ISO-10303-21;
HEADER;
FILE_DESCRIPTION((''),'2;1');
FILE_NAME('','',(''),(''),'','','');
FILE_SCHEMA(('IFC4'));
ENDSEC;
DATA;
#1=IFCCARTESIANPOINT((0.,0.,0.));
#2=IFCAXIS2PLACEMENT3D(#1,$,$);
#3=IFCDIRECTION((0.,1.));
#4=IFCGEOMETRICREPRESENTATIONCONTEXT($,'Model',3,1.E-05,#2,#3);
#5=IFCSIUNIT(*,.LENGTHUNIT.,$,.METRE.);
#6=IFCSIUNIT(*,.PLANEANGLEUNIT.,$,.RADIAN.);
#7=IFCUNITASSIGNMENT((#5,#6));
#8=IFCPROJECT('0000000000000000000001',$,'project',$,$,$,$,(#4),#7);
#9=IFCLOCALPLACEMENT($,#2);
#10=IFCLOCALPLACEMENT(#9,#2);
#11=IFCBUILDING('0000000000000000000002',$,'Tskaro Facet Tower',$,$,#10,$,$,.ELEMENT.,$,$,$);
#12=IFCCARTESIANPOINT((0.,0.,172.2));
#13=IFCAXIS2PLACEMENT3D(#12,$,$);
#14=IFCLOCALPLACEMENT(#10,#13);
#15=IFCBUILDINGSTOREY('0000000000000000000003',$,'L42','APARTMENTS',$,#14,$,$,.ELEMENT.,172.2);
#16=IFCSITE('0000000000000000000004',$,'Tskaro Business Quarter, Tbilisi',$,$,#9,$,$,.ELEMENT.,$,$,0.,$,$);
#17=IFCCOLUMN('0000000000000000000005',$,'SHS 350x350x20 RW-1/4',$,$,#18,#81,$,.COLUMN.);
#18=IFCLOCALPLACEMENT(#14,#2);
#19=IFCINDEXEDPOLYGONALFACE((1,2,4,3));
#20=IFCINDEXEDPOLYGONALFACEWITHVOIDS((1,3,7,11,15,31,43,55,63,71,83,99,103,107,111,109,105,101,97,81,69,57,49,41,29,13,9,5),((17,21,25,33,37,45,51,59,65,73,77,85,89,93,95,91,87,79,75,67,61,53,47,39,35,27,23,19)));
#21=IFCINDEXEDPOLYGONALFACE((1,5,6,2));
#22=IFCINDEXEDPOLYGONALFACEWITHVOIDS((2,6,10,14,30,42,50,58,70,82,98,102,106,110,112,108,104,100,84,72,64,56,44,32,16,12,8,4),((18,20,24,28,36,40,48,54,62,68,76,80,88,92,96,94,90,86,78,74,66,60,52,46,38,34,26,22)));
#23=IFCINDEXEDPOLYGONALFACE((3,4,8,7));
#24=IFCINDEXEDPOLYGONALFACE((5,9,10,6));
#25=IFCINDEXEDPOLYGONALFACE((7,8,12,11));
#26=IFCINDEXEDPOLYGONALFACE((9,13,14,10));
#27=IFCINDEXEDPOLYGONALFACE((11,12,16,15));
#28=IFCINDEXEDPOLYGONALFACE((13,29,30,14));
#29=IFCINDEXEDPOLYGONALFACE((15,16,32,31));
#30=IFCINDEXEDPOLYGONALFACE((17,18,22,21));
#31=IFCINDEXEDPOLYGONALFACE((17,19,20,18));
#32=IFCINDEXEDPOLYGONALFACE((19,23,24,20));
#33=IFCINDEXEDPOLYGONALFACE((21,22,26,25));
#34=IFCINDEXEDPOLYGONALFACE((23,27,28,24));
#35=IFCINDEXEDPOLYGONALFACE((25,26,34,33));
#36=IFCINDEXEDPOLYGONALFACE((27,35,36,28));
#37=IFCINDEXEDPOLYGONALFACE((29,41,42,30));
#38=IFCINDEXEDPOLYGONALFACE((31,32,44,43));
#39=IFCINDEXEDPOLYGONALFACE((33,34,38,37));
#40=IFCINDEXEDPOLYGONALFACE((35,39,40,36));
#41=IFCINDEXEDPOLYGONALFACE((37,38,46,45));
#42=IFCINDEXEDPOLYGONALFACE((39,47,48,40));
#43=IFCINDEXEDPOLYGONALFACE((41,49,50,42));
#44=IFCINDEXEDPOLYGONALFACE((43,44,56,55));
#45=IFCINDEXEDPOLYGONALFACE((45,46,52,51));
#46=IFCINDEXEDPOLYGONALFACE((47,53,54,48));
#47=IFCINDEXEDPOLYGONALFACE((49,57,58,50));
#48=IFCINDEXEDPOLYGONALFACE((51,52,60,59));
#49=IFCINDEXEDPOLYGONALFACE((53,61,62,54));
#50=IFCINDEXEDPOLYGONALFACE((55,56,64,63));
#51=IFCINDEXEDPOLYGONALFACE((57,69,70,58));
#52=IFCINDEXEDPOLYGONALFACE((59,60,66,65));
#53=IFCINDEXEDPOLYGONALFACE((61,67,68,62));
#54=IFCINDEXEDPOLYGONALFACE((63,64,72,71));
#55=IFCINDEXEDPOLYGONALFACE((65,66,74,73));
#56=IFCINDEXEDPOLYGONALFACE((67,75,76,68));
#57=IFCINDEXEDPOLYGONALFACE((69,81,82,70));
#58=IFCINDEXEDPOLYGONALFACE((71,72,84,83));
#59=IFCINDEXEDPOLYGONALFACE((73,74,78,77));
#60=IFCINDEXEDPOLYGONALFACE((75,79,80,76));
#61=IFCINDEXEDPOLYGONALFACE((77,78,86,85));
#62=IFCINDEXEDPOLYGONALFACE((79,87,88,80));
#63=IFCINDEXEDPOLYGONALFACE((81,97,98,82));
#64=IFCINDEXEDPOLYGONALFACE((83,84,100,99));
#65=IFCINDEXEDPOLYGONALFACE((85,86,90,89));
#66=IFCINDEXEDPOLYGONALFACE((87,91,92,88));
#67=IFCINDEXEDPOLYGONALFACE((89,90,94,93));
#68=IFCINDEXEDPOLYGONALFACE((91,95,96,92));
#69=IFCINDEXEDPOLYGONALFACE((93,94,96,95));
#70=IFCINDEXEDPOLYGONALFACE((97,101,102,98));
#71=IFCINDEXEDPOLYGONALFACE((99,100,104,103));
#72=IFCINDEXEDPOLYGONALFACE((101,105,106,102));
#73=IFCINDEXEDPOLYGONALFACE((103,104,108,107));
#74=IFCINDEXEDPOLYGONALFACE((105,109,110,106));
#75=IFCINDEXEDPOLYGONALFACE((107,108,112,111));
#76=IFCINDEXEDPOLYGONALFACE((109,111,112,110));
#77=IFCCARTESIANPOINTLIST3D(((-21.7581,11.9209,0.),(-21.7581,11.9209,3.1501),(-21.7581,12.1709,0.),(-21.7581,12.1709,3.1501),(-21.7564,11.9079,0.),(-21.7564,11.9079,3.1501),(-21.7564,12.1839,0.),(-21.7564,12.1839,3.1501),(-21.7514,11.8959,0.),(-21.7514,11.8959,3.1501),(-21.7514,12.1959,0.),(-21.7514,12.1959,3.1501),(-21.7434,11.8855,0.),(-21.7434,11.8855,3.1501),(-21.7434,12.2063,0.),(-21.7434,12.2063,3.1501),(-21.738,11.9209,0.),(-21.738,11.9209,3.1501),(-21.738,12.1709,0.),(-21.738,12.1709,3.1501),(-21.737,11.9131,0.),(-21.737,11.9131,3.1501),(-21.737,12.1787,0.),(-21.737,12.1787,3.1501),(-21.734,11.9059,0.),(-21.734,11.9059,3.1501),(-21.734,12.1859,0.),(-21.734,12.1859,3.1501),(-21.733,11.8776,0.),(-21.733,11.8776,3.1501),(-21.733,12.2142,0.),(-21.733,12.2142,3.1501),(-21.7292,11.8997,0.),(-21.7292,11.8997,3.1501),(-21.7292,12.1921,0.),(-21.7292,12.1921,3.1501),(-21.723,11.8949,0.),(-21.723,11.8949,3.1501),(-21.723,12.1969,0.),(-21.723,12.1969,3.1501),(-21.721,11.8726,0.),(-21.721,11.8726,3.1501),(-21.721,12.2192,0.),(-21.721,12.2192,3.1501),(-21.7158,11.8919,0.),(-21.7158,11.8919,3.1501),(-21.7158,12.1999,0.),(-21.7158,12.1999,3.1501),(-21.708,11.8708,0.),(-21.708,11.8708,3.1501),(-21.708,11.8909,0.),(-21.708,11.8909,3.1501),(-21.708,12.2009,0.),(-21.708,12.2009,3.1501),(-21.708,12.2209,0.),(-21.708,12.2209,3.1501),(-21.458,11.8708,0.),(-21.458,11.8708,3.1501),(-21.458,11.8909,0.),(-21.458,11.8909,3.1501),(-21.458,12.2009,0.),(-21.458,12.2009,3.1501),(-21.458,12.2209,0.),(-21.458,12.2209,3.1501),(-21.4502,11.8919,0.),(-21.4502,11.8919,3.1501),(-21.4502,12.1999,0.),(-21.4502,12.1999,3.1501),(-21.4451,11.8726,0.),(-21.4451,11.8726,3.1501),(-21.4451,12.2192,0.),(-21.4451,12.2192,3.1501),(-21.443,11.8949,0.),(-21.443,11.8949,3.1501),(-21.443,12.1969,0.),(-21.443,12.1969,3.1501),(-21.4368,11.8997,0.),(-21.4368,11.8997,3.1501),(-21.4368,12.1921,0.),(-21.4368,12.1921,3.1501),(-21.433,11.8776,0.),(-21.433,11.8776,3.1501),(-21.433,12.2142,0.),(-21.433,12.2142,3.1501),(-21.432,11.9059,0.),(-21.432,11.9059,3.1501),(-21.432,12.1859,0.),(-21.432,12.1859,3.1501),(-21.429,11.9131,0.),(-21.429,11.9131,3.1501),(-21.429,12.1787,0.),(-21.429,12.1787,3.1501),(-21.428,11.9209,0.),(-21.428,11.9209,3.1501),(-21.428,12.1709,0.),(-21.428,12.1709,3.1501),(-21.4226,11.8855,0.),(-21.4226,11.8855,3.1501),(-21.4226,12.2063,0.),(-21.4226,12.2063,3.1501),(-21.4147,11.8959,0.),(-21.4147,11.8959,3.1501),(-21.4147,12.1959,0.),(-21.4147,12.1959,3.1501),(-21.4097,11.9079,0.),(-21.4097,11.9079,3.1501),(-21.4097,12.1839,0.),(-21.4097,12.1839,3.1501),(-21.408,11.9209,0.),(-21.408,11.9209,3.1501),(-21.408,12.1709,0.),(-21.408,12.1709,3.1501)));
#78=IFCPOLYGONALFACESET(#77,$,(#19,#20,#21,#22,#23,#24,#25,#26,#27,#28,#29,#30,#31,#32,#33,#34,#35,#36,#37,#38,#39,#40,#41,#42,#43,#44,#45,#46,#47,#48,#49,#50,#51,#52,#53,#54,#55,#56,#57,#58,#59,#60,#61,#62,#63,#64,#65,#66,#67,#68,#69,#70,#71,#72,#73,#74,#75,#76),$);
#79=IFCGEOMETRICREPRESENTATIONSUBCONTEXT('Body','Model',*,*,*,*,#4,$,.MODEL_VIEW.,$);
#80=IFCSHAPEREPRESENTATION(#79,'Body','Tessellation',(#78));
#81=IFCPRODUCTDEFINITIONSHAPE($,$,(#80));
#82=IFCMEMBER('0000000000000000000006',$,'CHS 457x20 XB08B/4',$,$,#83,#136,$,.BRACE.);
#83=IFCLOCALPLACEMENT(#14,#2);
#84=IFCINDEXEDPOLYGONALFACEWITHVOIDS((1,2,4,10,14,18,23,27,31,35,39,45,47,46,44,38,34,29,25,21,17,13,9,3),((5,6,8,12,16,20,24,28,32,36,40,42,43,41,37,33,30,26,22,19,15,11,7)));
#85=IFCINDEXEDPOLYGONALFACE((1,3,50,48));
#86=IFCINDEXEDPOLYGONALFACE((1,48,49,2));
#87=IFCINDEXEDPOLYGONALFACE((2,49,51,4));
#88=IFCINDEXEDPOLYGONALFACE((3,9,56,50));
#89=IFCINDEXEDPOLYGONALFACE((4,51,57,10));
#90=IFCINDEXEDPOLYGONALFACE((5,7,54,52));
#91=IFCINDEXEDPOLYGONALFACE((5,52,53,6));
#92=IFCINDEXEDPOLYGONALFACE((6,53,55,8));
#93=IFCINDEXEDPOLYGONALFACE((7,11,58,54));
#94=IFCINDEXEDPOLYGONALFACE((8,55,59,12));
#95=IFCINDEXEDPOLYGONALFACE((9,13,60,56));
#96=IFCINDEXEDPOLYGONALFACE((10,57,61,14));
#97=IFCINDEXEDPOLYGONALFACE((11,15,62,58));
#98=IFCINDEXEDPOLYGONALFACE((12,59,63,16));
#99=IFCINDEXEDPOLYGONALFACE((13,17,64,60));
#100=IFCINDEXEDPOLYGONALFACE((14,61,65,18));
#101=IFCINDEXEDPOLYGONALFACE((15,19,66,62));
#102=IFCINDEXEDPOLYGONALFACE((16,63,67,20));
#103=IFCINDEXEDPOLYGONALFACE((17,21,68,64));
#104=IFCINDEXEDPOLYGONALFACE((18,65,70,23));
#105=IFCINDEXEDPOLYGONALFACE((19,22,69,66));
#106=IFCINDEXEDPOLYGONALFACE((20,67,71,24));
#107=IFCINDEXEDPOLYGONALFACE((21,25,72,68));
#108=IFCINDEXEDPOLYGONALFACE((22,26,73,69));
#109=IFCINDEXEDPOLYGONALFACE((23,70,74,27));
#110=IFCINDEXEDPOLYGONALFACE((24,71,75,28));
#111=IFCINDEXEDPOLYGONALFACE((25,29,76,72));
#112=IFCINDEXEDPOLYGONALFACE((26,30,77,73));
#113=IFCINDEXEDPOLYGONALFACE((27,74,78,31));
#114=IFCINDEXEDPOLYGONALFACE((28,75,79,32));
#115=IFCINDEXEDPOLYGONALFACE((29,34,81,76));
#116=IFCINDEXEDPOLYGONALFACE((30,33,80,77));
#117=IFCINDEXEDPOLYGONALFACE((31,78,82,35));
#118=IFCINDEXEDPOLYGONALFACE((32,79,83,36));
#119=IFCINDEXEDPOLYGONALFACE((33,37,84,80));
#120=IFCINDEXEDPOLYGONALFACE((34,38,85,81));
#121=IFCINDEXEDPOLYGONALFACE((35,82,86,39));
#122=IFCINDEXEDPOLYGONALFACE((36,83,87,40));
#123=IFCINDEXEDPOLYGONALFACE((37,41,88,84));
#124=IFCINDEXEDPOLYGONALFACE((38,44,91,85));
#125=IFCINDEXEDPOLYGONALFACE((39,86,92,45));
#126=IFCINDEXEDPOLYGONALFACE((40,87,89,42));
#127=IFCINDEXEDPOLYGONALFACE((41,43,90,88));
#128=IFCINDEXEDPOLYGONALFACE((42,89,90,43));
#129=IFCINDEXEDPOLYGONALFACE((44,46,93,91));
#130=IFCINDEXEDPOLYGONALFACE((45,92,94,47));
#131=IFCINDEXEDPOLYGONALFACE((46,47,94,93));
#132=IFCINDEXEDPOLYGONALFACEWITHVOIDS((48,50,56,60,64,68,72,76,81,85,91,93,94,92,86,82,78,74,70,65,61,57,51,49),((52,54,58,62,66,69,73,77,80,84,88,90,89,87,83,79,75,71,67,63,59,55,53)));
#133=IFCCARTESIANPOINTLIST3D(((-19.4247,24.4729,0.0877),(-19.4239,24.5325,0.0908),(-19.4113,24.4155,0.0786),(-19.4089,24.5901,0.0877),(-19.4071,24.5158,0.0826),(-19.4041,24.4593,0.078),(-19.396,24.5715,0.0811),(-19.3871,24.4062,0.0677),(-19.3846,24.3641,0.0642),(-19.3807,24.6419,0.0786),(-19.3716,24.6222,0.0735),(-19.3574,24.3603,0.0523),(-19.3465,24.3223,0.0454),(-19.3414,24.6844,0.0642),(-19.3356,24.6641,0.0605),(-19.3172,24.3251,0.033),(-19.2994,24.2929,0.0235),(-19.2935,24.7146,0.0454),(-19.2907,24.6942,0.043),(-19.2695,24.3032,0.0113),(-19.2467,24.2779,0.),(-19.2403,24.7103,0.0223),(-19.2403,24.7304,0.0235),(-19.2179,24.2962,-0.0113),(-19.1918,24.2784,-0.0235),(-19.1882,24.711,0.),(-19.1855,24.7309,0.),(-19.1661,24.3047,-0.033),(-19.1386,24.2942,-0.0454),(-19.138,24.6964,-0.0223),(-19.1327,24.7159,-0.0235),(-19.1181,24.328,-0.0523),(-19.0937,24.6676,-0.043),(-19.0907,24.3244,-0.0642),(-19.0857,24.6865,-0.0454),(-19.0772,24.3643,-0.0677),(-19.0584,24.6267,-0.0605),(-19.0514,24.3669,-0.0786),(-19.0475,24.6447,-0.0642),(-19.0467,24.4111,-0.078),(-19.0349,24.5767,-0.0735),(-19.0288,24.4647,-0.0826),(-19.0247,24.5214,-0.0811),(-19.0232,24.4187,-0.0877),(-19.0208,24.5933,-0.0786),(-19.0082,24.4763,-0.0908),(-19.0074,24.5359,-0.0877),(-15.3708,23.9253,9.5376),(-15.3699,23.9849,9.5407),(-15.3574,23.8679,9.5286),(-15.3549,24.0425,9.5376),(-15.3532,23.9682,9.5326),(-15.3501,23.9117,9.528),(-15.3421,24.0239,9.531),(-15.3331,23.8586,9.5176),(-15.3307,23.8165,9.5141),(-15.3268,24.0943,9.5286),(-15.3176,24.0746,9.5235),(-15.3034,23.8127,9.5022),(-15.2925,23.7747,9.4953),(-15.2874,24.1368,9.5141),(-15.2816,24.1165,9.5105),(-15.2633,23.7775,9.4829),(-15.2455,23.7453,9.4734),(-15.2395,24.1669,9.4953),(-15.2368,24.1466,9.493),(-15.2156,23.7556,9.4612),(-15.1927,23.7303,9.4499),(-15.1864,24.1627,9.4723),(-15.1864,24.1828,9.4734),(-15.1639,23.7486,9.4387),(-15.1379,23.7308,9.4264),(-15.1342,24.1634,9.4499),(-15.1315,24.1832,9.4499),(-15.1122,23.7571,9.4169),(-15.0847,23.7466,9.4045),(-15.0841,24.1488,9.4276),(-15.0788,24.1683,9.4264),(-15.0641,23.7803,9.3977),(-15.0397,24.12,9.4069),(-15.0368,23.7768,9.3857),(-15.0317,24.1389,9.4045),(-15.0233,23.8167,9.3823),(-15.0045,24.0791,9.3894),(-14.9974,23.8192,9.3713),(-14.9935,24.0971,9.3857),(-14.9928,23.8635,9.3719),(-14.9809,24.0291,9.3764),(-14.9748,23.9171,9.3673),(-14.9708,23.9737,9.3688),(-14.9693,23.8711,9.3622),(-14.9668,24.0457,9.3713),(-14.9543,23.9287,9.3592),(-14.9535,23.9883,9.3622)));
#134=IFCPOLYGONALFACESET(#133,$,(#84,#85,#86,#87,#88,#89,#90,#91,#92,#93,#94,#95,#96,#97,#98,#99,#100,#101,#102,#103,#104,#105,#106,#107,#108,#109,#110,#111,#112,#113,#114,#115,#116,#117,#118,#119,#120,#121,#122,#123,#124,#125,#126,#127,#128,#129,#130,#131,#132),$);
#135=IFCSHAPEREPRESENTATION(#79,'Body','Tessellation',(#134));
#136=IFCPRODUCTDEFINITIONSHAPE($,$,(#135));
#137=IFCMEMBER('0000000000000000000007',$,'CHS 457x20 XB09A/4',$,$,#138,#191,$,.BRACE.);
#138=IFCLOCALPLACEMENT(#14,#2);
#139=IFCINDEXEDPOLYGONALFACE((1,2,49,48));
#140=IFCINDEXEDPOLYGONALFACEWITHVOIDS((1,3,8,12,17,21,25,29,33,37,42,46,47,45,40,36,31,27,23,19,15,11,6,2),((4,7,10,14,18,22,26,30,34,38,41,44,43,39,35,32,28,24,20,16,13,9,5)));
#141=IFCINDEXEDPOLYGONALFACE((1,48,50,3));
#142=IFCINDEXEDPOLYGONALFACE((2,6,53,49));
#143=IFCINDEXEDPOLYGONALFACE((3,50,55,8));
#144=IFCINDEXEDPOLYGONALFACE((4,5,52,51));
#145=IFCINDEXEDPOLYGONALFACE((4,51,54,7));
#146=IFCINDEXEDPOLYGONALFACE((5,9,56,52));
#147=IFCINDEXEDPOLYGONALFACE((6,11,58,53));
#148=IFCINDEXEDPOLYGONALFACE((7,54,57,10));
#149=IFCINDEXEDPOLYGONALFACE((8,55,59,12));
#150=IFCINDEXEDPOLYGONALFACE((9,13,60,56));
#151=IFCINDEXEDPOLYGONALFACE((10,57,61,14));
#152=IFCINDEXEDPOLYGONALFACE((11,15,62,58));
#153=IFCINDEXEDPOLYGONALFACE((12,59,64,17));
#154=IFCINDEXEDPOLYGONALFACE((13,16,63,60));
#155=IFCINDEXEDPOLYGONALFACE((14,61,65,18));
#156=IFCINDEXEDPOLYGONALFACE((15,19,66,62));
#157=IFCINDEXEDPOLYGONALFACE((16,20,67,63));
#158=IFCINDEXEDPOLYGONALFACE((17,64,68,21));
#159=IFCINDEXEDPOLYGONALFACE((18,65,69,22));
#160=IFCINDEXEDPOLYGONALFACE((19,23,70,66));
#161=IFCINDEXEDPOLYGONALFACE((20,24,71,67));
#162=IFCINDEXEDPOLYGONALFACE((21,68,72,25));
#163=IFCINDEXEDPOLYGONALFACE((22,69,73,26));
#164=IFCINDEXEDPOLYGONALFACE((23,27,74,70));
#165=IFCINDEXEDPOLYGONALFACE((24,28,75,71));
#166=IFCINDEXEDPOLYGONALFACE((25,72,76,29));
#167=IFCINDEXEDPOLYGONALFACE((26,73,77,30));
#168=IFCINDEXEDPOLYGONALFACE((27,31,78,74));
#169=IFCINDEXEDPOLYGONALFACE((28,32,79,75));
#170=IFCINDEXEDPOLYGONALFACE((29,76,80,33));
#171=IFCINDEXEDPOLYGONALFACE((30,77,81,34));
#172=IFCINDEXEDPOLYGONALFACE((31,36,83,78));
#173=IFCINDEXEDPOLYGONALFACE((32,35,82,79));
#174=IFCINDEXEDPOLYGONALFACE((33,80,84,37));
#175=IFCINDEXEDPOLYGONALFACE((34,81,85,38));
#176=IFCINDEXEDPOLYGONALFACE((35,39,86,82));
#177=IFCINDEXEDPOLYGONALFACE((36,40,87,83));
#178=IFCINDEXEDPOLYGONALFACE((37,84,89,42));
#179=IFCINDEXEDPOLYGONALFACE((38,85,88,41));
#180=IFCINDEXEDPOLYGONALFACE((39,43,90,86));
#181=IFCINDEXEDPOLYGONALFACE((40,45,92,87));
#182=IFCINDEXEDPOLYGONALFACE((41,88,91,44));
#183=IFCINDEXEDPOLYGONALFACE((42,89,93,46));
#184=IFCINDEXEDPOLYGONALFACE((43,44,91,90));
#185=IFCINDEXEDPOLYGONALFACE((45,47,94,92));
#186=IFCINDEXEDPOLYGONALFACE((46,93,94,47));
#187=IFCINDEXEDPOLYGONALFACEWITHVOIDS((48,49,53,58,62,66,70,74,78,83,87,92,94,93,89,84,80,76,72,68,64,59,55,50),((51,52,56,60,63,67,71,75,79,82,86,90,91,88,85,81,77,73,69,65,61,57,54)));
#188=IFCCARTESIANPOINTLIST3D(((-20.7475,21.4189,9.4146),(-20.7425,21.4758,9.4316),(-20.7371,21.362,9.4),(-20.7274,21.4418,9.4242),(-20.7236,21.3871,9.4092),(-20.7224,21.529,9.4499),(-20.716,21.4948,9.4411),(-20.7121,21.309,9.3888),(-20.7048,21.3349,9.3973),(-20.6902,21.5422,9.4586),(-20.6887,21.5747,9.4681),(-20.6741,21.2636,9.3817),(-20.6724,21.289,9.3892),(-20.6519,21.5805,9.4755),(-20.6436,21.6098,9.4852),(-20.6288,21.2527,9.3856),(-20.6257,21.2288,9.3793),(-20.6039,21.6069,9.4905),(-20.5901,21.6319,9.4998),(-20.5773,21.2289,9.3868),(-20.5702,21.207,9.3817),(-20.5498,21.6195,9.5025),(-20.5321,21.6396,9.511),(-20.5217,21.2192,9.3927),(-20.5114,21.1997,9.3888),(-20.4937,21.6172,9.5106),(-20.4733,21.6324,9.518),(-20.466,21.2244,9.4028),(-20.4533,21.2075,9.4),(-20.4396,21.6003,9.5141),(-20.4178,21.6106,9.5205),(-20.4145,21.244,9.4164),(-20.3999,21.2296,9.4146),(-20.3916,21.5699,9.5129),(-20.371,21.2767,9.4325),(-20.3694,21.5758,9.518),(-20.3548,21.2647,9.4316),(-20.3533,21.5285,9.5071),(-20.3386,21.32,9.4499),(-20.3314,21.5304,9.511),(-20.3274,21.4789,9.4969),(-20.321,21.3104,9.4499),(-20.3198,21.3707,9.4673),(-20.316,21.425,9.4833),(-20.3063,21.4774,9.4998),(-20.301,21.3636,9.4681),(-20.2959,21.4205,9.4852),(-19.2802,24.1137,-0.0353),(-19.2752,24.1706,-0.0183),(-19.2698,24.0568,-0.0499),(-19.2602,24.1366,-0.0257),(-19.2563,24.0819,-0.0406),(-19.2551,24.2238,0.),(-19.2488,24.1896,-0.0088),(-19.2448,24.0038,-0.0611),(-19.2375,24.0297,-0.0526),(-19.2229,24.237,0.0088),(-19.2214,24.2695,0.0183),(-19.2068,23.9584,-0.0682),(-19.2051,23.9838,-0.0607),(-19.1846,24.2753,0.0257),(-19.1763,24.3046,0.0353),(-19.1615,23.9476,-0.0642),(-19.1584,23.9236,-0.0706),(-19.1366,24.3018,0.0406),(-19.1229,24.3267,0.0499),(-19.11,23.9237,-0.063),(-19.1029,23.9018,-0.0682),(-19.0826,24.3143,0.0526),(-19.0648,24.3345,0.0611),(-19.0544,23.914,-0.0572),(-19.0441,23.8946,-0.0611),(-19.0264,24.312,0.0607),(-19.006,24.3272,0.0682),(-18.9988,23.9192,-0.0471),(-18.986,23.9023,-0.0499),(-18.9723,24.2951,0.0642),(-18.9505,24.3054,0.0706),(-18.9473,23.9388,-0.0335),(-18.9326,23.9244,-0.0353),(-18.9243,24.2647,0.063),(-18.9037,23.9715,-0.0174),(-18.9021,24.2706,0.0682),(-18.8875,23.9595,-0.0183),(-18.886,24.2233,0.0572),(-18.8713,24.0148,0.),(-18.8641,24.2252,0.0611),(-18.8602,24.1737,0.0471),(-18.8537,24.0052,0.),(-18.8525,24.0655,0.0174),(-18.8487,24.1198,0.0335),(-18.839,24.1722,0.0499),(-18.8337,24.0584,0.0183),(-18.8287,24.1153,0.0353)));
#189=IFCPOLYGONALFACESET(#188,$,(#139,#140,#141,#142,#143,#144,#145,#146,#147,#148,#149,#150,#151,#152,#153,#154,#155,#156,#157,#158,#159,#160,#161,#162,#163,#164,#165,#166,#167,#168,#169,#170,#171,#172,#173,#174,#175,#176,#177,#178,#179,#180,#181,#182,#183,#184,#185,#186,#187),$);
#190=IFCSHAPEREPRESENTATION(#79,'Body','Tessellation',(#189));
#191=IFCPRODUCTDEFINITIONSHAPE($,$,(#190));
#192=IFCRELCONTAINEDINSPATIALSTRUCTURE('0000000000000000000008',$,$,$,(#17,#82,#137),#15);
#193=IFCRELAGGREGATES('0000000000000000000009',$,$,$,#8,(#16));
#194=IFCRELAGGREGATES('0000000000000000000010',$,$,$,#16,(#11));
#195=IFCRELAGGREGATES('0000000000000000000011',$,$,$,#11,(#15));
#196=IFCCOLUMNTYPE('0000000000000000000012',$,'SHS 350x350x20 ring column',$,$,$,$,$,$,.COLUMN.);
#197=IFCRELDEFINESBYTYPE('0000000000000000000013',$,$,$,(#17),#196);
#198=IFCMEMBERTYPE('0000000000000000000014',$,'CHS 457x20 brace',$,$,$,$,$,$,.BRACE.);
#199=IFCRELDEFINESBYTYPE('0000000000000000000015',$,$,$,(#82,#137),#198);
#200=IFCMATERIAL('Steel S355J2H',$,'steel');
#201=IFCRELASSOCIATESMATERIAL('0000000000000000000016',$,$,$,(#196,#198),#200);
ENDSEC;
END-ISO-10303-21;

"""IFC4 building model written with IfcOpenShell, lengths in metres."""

from ifc_helpers import new_model, si_unit, direction, frame, origin, origin_2d, place, context, subcontext, project, spatial, hollow_rectangle, hollow_circle, extrude, material, material_profile, profile_set, type_object, element, save


model = new_model("IFC4")

# Units and contexts
model_context = context("Model", 3, precision=1e-05, world=origin(), true_north=direction((0.0, 1.0)))
body_context = subcontext(model_context, "Body", "Model", "MODEL_VIEW")
ifc_project = project(units=[si_unit("LENGTHUNIT", "METRE"), si_unit("PLANEANGLEUNIT", "RADIAN")], contexts=[model_context])

# Site, building, storey
site_placement = place(None, origin())
site = spatial("IfcSite", under=ifc_project, at=site_placement, Name="Tskaro Business Quarter, Tbilisi", CompositionType="ELEMENT", RefElevation=0.0)
building_placement = place(site_placement, origin())
building = spatial("IfcBuilding", under=site, at=building_placement, Name="Tskaro Facet Tower", CompositionType="ELEMENT")
storey_placement = place(building_placement, frame((0.0, 0.0, 172.2)))
storey = spatial("IfcBuildingStorey", under=building, at=storey_placement, Name="L42", Description="APARTMENTS", CompositionType="ELEMENT", Elevation=172.2)

# Column
ifc_material_1 = material(Name="Steel S355J2H", Category="steel")
ifc_material_profile_1 = material_profile(ifc_material_1, hollow_rectangle(XDim=0.3501, YDim=0.3501, WallThickness=0.02, InnerFilletRadius=0.03, OuterFilletRadius=0.05, at=origin_2d()), Name="SHS 350x350x20")
ifc_profile_set_1 = profile_set([ifc_material_profile_1], Name="Steel S355J2H")
column_type_1 = type_object("IfcColumnType", Name="SHS 350x350x20 ring column", PredefinedType="COLUMN", material=ifc_profile_set_1)
for number, where, z_axis, x_axis, name in (
    (1, (-21.583, 12.0459, 0.0), (0.0, 0.0, 1.0), (1.0, 0.0, 0.0), "SHS 350x350x20 RW-1/4"),
):
    element("IfcColumn", number, at=place(storey_placement, frame(where, z_axis=z_axis, x_axis=x_axis)), inside=storey, type_object=column_type_1, Name=name, PredefinedType="COLUMN", context=body_context, shape_type="SweptSolid", body=[
        extrude(hollow_rectangle(XDim=0.3501, YDim=0.3501, WallThickness=0.02, InnerFilletRadius=0.03, OuterFilletRadius=0.05, at=origin_2d()), origin(), (0.0, 0.0, 1.0), 3.1501),
    ])

# Members
ifc_material_profile_2 = material_profile(ifc_material_1, hollow_circle(Radius=0.2285, WallThickness=0.02, at=origin_2d()), Name="CHS 457x20")
ifc_profile_set_2 = profile_set([ifc_material_profile_2], Name="Steel S355J2H")
member_type_1 = type_object("IfcMemberType", Name="CHS 457x20 brace", PredefinedType="BRACE", material=ifc_profile_set_2)
member_1_placement = place(storey_placement, frame((-19.2161, 24.5044, 0.0), z_axis=(0.393688, -0.053179, 0.917705), x_axis=(0.133864, 0.991, 0.0)))
element("IfcMember", 2, at=member_1_placement, inside=storey, type_object=member_type_1, Name="CHS 457x20 XB08B/4", PredefinedType="BRACE", context=body_context, shape_type="SweptSolid", body=[
    extrude(hollow_circle(Radius=0.2285, WallThickness=0.02, at=origin_2d()), origin(), (0.0, 0.0, 1.0), 10.2974),
])
for number, where, z_axis, x_axis, name in (
    (3, (-19.0544, 24.1145, 0.0), (-0.147679, -0.271229, 0.951118), (0.878254, -0.478194, 0.0), "CHS 457x20 XB09A/4"),
):
    element("IfcMember", number, at=place(storey_placement, frame(where, z_axis=z_axis, x_axis=x_axis)), inside=storey, type_object=member_type_1, Name=name, PredefinedType="BRACE", context=body_context, shape_type="SweptSolid", body=[
        extrude(hollow_circle(Radius=0.2285, WallThickness=0.02, at=origin_2d()), origin(), (0.0, 0.0, 1.0), 9.9355),
    ])

save(model, "model.ifc")
